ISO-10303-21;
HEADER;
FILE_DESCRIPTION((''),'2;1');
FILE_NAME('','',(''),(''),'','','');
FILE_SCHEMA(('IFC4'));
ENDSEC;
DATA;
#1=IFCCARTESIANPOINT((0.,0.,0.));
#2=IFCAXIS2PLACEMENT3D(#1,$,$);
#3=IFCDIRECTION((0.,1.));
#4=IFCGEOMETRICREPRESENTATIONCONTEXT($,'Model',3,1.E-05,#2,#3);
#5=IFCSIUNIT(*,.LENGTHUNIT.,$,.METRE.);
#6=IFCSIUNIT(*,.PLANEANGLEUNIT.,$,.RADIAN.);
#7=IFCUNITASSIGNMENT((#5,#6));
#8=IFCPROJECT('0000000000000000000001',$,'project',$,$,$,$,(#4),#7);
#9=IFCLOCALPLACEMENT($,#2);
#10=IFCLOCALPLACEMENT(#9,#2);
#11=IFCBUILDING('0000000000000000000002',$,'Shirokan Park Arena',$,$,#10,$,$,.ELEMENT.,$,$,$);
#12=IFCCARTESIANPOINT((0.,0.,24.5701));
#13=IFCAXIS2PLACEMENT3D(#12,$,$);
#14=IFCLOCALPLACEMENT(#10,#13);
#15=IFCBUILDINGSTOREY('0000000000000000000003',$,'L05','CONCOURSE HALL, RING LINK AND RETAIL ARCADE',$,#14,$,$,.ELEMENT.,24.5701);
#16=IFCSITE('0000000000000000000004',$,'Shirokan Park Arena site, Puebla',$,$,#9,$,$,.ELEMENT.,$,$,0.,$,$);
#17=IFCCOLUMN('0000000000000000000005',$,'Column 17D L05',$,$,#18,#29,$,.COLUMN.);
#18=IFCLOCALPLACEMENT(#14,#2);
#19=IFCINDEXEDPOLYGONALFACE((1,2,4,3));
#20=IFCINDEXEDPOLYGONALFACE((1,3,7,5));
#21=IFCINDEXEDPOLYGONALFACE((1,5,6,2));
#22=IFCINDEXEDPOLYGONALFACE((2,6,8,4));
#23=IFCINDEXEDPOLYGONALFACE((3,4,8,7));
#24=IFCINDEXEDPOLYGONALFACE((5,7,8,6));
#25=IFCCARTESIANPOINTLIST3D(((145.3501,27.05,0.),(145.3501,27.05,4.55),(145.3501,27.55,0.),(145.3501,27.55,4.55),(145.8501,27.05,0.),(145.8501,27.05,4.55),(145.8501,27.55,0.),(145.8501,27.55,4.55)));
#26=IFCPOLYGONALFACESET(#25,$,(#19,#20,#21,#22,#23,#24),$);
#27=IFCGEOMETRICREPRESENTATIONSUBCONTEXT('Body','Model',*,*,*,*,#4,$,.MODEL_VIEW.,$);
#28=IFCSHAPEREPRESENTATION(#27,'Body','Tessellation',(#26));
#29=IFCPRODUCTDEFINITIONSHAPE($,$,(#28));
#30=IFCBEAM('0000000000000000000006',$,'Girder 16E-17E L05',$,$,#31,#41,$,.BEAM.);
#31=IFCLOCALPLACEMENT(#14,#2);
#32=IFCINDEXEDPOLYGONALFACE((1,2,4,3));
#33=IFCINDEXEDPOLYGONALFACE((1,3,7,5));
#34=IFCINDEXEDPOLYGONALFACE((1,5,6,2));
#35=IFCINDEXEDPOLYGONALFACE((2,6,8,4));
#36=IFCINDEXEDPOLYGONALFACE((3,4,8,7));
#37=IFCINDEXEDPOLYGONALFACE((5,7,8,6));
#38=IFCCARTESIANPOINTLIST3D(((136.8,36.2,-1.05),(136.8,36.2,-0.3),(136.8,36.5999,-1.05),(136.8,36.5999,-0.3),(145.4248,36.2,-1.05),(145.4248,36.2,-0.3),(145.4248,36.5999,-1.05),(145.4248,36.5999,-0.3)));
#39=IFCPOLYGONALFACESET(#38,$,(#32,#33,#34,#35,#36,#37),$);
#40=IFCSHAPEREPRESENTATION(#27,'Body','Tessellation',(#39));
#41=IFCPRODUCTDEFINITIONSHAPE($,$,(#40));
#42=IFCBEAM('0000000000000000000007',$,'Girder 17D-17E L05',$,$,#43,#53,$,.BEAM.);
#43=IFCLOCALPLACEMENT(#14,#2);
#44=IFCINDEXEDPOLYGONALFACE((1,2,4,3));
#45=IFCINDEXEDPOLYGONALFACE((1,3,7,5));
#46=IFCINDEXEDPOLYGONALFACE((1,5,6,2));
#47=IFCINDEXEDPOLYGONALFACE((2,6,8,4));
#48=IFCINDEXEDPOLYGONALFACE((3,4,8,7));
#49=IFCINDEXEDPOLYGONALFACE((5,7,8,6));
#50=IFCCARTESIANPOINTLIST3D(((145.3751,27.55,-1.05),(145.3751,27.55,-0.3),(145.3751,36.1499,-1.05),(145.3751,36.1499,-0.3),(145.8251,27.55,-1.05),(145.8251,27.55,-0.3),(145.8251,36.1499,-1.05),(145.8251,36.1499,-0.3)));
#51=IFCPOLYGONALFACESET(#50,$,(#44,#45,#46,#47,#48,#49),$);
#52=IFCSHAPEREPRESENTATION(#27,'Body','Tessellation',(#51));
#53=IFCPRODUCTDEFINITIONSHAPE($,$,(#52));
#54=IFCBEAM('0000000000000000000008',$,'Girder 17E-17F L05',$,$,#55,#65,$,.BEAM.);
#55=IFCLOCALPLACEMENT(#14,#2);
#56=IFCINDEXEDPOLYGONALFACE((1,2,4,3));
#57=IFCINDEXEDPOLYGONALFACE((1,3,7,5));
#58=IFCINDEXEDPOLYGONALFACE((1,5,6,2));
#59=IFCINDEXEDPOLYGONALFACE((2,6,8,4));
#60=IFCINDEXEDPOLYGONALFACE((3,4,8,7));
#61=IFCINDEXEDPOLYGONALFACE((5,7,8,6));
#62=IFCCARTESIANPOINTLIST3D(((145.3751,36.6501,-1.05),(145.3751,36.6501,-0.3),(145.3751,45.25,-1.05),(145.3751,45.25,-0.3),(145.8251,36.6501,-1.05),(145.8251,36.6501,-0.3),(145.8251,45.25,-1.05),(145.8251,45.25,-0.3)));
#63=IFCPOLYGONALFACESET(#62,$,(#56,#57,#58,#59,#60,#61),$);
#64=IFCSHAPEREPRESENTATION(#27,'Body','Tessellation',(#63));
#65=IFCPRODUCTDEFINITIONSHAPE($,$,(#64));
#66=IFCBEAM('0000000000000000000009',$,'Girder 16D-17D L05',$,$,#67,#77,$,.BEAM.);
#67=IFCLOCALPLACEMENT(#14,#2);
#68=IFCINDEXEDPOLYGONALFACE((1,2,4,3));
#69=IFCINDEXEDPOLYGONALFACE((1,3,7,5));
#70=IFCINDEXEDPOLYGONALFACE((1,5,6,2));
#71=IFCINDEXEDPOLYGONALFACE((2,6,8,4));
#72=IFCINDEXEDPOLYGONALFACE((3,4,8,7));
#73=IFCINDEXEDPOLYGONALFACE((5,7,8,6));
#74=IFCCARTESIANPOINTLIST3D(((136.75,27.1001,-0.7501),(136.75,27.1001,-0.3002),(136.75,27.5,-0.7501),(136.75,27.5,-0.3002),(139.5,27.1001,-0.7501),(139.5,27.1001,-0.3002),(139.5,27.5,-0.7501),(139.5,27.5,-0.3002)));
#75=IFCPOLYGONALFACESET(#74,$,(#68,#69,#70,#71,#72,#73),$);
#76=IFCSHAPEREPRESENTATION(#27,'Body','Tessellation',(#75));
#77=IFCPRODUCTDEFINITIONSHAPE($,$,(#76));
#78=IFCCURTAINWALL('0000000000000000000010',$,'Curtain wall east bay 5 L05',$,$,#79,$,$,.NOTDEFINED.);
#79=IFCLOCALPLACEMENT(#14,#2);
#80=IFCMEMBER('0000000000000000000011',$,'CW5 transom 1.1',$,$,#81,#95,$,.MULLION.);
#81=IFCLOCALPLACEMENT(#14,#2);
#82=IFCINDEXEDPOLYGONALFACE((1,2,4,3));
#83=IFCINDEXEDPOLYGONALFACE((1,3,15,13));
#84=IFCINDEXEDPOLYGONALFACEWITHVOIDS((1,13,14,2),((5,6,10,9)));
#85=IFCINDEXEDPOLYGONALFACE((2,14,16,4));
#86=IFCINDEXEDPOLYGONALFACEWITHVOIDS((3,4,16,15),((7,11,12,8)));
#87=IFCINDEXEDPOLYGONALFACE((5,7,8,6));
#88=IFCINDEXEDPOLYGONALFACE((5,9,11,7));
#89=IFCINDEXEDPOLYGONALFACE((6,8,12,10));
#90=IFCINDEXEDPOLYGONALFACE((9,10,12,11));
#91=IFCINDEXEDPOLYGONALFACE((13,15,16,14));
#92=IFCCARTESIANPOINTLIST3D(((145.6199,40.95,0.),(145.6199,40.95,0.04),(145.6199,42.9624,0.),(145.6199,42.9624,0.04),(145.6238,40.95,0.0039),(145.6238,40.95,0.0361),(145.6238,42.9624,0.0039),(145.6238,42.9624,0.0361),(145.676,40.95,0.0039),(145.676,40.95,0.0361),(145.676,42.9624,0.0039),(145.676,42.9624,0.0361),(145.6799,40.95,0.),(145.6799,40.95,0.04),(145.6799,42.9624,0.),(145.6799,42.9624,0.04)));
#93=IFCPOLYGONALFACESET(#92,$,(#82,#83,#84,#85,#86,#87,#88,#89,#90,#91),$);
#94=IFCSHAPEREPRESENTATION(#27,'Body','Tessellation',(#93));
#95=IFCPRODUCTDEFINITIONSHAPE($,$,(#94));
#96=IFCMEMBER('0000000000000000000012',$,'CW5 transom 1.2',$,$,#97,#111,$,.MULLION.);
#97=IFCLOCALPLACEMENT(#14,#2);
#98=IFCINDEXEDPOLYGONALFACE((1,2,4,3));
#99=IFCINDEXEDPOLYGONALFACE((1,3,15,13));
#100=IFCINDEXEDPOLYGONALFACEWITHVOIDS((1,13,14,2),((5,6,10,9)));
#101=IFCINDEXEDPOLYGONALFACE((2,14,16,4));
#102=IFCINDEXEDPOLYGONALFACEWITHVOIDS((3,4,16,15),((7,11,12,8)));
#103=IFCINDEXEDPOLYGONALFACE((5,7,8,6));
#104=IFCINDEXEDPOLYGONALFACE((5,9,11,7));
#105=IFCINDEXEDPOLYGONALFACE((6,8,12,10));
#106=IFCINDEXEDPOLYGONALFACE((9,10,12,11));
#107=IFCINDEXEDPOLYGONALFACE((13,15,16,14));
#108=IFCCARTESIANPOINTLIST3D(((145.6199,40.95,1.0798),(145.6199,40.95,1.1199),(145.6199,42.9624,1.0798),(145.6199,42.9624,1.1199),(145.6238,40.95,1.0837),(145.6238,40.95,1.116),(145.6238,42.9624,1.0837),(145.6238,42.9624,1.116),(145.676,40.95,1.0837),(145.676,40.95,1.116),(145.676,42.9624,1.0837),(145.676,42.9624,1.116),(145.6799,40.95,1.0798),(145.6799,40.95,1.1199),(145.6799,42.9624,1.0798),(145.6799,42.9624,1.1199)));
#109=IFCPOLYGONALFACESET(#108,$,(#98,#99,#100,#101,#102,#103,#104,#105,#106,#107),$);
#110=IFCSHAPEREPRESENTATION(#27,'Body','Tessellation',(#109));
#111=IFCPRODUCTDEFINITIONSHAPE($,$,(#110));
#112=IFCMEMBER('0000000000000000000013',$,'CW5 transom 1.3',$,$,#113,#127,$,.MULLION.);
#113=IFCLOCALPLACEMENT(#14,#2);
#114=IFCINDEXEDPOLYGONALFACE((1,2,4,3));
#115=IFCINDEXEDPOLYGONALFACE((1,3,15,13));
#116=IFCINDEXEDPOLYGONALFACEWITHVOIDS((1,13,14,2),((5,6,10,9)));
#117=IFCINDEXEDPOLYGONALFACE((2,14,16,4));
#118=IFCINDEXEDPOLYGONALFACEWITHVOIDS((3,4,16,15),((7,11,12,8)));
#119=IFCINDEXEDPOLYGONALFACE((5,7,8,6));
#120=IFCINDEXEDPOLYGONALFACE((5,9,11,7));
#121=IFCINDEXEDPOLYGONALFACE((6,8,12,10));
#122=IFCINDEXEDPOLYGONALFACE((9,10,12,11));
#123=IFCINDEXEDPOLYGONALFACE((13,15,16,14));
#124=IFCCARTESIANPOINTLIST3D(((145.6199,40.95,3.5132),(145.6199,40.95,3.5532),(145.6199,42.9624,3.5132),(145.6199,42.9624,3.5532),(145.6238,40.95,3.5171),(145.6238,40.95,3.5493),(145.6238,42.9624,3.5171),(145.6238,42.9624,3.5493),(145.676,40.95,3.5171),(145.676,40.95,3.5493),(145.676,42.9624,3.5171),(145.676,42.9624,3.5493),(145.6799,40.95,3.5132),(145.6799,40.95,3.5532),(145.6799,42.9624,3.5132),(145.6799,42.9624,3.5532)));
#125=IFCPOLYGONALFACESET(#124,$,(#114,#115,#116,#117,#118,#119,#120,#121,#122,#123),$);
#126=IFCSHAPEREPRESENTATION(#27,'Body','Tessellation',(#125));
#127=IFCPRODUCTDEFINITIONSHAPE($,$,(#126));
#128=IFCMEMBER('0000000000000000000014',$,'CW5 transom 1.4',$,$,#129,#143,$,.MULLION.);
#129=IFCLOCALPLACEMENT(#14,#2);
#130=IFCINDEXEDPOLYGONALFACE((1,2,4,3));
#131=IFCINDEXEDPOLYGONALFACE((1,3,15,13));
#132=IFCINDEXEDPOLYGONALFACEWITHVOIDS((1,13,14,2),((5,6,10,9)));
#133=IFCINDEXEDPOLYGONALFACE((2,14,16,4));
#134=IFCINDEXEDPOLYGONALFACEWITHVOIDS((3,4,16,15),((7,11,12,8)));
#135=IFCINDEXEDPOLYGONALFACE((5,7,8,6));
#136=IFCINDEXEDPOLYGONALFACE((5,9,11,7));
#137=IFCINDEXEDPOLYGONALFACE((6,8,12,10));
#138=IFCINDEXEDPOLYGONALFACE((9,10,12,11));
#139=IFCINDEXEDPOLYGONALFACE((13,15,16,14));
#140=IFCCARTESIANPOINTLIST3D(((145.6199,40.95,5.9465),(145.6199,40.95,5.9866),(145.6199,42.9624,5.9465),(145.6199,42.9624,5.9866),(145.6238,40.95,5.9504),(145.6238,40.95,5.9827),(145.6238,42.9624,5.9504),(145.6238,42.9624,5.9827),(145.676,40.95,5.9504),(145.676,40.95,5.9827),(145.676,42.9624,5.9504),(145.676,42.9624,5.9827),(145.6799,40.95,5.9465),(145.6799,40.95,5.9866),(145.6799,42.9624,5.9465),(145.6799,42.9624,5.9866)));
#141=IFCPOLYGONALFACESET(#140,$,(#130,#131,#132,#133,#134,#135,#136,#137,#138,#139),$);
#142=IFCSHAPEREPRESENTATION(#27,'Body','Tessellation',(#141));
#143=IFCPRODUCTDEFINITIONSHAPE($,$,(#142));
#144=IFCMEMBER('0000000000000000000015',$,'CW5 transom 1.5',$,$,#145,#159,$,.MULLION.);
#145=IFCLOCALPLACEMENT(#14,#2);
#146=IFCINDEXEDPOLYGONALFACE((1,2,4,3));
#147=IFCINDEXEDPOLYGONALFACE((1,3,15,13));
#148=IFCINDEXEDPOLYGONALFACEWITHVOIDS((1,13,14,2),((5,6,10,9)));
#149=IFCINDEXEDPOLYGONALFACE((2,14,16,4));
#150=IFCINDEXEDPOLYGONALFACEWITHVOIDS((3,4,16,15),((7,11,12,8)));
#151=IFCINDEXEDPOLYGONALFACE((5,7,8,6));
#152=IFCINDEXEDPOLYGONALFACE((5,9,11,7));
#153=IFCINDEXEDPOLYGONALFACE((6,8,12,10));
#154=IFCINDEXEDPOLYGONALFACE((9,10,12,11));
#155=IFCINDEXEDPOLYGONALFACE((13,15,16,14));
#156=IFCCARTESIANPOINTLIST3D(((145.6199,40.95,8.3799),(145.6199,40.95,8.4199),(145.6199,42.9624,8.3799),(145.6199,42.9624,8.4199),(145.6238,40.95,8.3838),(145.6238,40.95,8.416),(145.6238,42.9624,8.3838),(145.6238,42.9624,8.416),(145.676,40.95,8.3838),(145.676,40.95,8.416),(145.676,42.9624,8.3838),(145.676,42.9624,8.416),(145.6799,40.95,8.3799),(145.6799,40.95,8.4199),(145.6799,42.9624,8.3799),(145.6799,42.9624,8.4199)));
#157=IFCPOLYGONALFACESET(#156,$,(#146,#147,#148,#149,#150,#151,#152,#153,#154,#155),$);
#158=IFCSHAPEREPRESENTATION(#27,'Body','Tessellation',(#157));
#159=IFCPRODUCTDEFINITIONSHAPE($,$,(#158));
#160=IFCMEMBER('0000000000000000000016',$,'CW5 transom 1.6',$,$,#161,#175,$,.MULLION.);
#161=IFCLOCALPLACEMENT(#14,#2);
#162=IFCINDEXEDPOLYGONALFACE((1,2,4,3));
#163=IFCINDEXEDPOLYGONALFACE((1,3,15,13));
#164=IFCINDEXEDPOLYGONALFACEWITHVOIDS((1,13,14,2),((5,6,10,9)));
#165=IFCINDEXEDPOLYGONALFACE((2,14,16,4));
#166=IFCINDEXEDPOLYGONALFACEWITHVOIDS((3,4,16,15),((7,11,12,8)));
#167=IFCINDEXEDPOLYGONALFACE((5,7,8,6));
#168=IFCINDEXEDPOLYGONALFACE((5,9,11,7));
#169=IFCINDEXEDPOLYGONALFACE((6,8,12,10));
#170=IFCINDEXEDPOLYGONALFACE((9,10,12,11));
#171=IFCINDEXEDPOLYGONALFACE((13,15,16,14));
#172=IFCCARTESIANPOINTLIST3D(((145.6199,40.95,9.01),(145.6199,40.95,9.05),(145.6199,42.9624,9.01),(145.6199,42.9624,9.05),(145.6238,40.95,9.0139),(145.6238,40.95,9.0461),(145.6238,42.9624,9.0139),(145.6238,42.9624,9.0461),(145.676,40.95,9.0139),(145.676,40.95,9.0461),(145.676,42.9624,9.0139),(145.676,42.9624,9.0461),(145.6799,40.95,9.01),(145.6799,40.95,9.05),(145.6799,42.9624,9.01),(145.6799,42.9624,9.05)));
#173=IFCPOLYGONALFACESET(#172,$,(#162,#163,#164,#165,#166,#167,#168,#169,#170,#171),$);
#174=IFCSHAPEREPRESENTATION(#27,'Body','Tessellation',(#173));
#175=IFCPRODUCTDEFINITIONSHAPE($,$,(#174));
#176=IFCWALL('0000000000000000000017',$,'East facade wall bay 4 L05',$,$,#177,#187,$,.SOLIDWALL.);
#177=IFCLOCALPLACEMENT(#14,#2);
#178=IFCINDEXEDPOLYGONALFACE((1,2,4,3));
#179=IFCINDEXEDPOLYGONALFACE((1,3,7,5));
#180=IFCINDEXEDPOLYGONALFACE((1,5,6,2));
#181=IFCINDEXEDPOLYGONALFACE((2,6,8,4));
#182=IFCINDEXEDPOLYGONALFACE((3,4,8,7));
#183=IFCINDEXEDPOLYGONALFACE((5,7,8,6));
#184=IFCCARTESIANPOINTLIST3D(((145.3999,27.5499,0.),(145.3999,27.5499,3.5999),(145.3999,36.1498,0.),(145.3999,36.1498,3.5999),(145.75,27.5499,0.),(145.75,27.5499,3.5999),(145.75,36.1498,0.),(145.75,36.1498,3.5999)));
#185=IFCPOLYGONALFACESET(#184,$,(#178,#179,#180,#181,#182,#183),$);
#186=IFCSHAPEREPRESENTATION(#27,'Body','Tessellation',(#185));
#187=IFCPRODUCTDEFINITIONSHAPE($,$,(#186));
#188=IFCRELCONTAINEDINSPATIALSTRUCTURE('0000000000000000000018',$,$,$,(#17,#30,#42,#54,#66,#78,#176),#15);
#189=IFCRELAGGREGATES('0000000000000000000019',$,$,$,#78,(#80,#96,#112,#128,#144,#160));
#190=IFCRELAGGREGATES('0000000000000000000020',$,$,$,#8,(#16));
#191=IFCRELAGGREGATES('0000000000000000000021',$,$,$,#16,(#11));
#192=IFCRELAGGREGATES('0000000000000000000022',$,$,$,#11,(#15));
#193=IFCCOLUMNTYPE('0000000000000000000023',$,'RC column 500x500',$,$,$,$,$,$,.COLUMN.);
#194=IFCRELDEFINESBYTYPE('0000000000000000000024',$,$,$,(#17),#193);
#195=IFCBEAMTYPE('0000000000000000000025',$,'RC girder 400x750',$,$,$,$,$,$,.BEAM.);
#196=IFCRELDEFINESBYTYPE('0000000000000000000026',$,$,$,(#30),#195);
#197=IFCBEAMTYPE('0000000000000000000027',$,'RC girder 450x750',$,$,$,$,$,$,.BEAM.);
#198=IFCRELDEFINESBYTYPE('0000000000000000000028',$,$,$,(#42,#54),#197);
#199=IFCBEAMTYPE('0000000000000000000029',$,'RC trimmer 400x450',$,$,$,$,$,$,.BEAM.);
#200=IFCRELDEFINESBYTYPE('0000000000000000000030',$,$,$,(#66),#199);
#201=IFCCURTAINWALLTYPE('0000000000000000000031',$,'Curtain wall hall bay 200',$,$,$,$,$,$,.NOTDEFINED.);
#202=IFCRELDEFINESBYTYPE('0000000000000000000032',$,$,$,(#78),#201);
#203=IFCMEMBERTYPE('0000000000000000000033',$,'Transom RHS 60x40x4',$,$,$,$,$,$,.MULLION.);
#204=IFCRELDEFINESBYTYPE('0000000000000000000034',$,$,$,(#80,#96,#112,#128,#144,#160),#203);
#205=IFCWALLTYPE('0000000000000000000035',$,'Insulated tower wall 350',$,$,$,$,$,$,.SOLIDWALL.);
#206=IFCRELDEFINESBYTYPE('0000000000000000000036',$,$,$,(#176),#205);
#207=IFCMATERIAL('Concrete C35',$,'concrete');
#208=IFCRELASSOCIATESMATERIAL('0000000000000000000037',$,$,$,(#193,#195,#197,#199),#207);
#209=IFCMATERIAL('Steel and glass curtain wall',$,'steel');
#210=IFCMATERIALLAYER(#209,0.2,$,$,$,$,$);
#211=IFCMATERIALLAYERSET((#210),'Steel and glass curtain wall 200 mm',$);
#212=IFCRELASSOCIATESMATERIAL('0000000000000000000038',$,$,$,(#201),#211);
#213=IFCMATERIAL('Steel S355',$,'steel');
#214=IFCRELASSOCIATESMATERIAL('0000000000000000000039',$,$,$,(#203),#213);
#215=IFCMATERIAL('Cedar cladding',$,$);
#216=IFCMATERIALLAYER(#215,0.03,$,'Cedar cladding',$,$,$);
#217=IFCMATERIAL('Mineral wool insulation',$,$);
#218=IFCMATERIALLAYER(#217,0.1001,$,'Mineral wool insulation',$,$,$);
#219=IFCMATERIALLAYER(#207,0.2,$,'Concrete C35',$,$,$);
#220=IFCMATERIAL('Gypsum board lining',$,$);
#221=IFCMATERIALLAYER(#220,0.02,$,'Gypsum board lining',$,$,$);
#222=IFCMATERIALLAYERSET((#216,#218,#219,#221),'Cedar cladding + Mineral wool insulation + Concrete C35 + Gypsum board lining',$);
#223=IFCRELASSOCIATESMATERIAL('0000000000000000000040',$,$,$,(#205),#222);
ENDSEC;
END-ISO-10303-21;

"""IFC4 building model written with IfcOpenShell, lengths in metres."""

from ifc_helpers import new_model, si_unit, direction, frame, frame_2d, origin, origin_2d, place, context, subcontext, project, spatial, rectangle, hollow_rectangle, extrude, material, layer, layer_set, material_profile, profile_set, type_object, element, aggregate, save


model = new_model("IFC4")

# Units and contexts
model_context = context("Model", 3, precision=1e-05, world=origin(), true_north=direction((0.0, 1.0)))
body_context = subcontext(model_context, "Body", "Model", "MODEL_VIEW")
ifc_project = project(units=[si_unit("LENGTHUNIT", "METRE"), si_unit("PLANEANGLEUNIT", "RADIAN")], contexts=[model_context])

# Site, building, storey
site_placement = place(None, origin())
site = spatial("IfcSite", under=ifc_project, at=site_placement, Name="Shirokan Park Arena site, Puebla", CompositionType="ELEMENT", RefElevation=0.0)
building_placement = place(site_placement, origin())
building = spatial("IfcBuilding", under=site, at=building_placement, Name="Shirokan Park Arena", CompositionType="ELEMENT")
storey_placement = place(building_placement, frame((0.0, 0.0, 24.5701)))
storey = spatial("IfcBuildingStorey", under=building, at=storey_placement, Name="L05", Description="CONCOURSE HALL, RING LINK AND RETAIL ARCADE", CompositionType="ELEMENT", Elevation=24.5701)

# Column
ifc_material_1 = material(Name="Concrete C35", Category="concrete")
ifc_material_profile_1 = material_profile(ifc_material_1, rectangle(XDim=0.5, YDim=0.5, at=origin_2d()), Name="500x500")
ifc_profile_set_1 = profile_set([ifc_material_profile_1], Name="Concrete C35")
column_type = type_object("IfcColumnType", Name="RC column 500x500", PredefinedType="COLUMN", material=ifc_profile_set_1)
column_placement = place(storey_placement, frame((145.6001, 27.3, 0.0), z_axis=(0.0, 0.0, 1.0), x_axis=(1.0, 0.0, 0.0)))
element("IfcColumn", 1, at=column_placement, inside=storey, type_object=column_type, Name="Column 17D L05", PredefinedType="COLUMN", context=body_context, shape_type="SweptSolid", body=[
    extrude(rectangle(XDim=0.5, YDim=0.5, at=origin_2d()), origin(), (0.0, 0.0, 1.0), 4.55),
])

# Beams
ifc_material_profile_2 = material_profile(ifc_material_1, rectangle(XDim=0.3999, YDim=0.75, at=origin_2d()), Name="400x750")
ifc_profile_set_2 = profile_set([ifc_material_profile_2], Name="Concrete C35")
beam_type_1 = type_object("IfcBeamType", Name="RC girder 400x750", PredefinedType="BEAM", material=ifc_profile_set_2)
beam_1_placement = place(storey_placement, frame((136.8, 36.3999, -0.675), z_axis=(1.0, 0.0, 0.0), x_axis=(0.0, 1.0, 0.0)))
element("IfcBeam", 2, at=beam_1_placement, inside=storey, type_object=beam_type_1, Name="Girder 16E-17E L05", PredefinedType="BEAM", context=body_context, shape_type="SweptSolid", body=[
    extrude(rectangle(XDim=0.3999, YDim=0.75, at=origin_2d()), origin(), (0.0, 0.0, 1.0), 8.6248),
])
ifc_material_profile_3 = material_profile(ifc_material_1, rectangle(XDim=0.45, YDim=0.75, at=origin_2d()), Name="450x750")
ifc_profile_set_3 = profile_set([ifc_material_profile_3], Name="Concrete C35")
beam_type_2 = type_object("IfcBeamType", Name="RC girder 450x750", PredefinedType="BEAM", material=ifc_profile_set_3)
for number, where, z_axis, x_axis, name in (
    (3, (145.6001, 27.55, -0.675), (0.0, 1.0, 0.0), (-1.0, 0.0, 0.0), "Girder 17D-17E L05"),
    (4, (145.6001, 36.6501, -0.675), (0.0, 1.0, 0.0), (-1.0, 0.0, 0.0), "Girder 17E-17F L05"),
):
    element("IfcBeam", number, at=place(storey_placement, frame(where, z_axis=z_axis, x_axis=x_axis)), inside=storey, type_object=beam_type_2, Name=name, PredefinedType="BEAM", context=body_context, shape_type="SweptSolid", body=[
        extrude(rectangle(XDim=0.45, YDim=0.75, at=origin_2d()), origin(), (0.0, 0.0, 1.0), 8.5999),
    ])
ifc_material_profile_4 = material_profile(ifc_material_1, rectangle(XDim=0.3999, YDim=0.45, at=origin_2d()), Name="400x450")
ifc_profile_set_4 = profile_set([ifc_material_profile_4], Name="Concrete C35")
beam_type_3 = type_object("IfcBeamType", Name="RC trimmer 400x450", PredefinedType="BEAM", material=ifc_profile_set_4)
beam_2_placement = place(storey_placement, frame((136.75, 27.3, -0.5251), z_axis=(1.0, 0.0, 0.0), x_axis=(0.0, 1.0, 0.0)))
element("IfcBeam", 5, at=beam_2_placement, inside=storey, type_object=beam_type_3, Name="Girder 16D-17D L05", PredefinedType="BEAM", context=body_context, shape_type="SweptSolid", body=[
    extrude(rectangle(XDim=0.3999, YDim=0.45, at=origin_2d()), origin(), (0.0, 0.0, 1.0), 2.75),
])

# Curtain wall, members
ifc_material_2 = material(Name="Steel and glass curtain wall", Category="steel")
ifc_layer_1 = layer(ifc_material_2, 0.2)
ifc_layer_set_1 = layer_set([ifc_layer_1], Name="Steel and glass curtain wall 200 mm")
curtain_wall_type = type_object("IfcCurtainWallType", Name="Curtain wall hall bay 200", PredefinedType="NOTDEFINED", material=ifc_layer_set_1)
curtain_wall_placement = place(storey_placement, origin())
curtain_wall = element("IfcCurtainWall", 6, at=curtain_wall_placement, inside=storey, type_object=curtain_wall_type, Name="Curtain wall east bay 5 L05", PredefinedType="NOTDEFINED")
ifc_material_3 = material(Name="Steel S355", Category="steel")
ifc_material_profile_5 = material_profile(ifc_material_3, hollow_rectangle(XDim=0.0601, YDim=0.04, WallThickness=0.0039, at=origin_2d()), Name="RHS 60x40x4")
ifc_profile_set_5 = profile_set([ifc_material_profile_5], Name="Steel S355")
member_type = type_object("IfcMemberType", Name="Transom RHS 60x40x4", PredefinedType="MULLION", material=ifc_profile_set_5)
member_1_placement = place(storey_placement, frame((145.6499, 40.95, 0.02), z_axis=(0.0, 1.0, 0.0), x_axis=(-1.0, 0.0, 0.0)))
member_1 = element("IfcMember", 7, at=member_1_placement, type_object=member_type, Name="CW5 transom 1.1", PredefinedType="MULLION", context=body_context, shape_type="SweptSolid", body=[
    extrude(hollow_rectangle(XDim=0.0601, YDim=0.04, WallThickness=0.0039, at=origin_2d()), origin(), (0.0, 0.0, 1.0), 2.0125),
])
member_2_placement = place(storey_placement, frame((145.6499, 40.95, 1.0999), z_axis=(0.0, 1.0, 0.0), x_axis=(-1.0, 0.0, 0.0)))
member_2 = element("IfcMember", 8, at=member_2_placement, type_object=member_type, Name="CW5 transom 1.2", PredefinedType="MULLION", context=body_context, shape_type="SweptSolid", body=[
    extrude(hollow_rectangle(XDim=0.0601, YDim=0.04, WallThickness=0.0039, at=origin_2d()), origin(), (0.0, 0.0, 1.0), 2.0125),
])
member_3_placement = place(storey_placement, frame((145.6499, 40.95, 3.5332), z_axis=(0.0, 1.0, 0.0), x_axis=(-1.0, 0.0, 0.0)))
member_3 = element("IfcMember", 9, at=member_3_placement, type_object=member_type, Name="CW5 transom 1.3", PredefinedType="MULLION", context=body_context, shape_type="SweptSolid", body=[
    extrude(hollow_rectangle(XDim=0.0601, YDim=0.04, WallThickness=0.0039, at=origin_2d()), origin(), (0.0, 0.0, 1.0), 2.0125),
])
member_4_placement = place(storey_placement, frame((145.6499, 40.95, 5.9666), z_axis=(0.0, 1.0, 0.0), x_axis=(-1.0, 0.0, 0.0)))
member_4 = element("IfcMember", 10, at=member_4_placement, type_object=member_type, Name="CW5 transom 1.4", PredefinedType="MULLION", context=body_context, shape_type="SweptSolid", body=[
    extrude(hollow_rectangle(XDim=0.0601, YDim=0.04, WallThickness=0.0039, at=origin_2d()), origin(), (0.0, 0.0, 1.0), 2.0125),
])
member_5_placement = place(storey_placement, frame((145.6499, 40.95, 8.3999), z_axis=(0.0, 1.0, 0.0), x_axis=(-1.0, 0.0, 0.0)))
member_5 = element("IfcMember", 11, at=member_5_placement, type_object=member_type, Name="CW5 transom 1.5", PredefinedType="MULLION", context=body_context, shape_type="SweptSolid", body=[
    extrude(hollow_rectangle(XDim=0.0601, YDim=0.04, WallThickness=0.0039, at=origin_2d()), origin(), (0.0, 0.0, 1.0), 2.0125),
])
member_6_placement = place(storey_placement, frame((145.6499, 40.95, 9.03), z_axis=(0.0, 1.0, 0.0), x_axis=(-1.0, 0.0, 0.0)))
member_6 = element("IfcMember", 12, at=member_6_placement, type_object=member_type, Name="CW5 transom 1.6", PredefinedType="MULLION", context=body_context, shape_type="SweptSolid", body=[
    extrude(hollow_rectangle(XDim=0.0601, YDim=0.04, WallThickness=0.0039, at=origin_2d()), origin(), (0.0, 0.0, 1.0), 2.0125),
])
aggregate(curtain_wall, [member_1, member_2, member_3, member_4, member_5, member_6])

# Shared definitions
ifc_material_4 = material(Name="Mineral wool insulation")

# Wall
ifc_material_5 = material(Name="Cedar cladding")
ifc_layer_2 = layer(ifc_material_5, 0.03, Name="Cedar cladding")
ifc_layer_3 = layer(ifc_material_4, 0.1001, Name="Mineral wool insulation")
ifc_layer_4 = layer(ifc_material_1, 0.2, Name="Concrete C35")
ifc_material_6 = material(Name="Gypsum board lining")
ifc_layer_5 = layer(ifc_material_6, 0.02, Name="Gypsum board lining")
ifc_layer_set_2 = layer_set([ifc_layer_2, ifc_layer_3, ifc_layer_4, ifc_layer_5], Name="Cedar cladding + Mineral wool insulation + Concrete C35 + Gypsum board lining")
wall_type_1 = type_object("IfcWallType", Name="Insulated tower wall 350", PredefinedType="SOLIDWALL", material=ifc_layer_set_2)
wall_1_placement = place(storey_placement, frame((145.575, 27.55, 0.0), z_axis=(0.0, 0.0, 1.0), x_axis=(0.0, 1.0, 0.0)))
element("IfcWall", 13, at=wall_1_placement, inside=storey, type_object=wall_type_1, Name="East facade wall bay 4 L05", PredefinedType="SOLIDWALL", context=body_context, shape_type="SweptSolid", body=[
    extrude(rectangle(XDim=8.5999, YDim=0.3501, at=frame_2d((4.2998, 0.0))), origin(), (0.0, 0.0, 1.0), 3.5999),
])

save(model, "model.ifc")
